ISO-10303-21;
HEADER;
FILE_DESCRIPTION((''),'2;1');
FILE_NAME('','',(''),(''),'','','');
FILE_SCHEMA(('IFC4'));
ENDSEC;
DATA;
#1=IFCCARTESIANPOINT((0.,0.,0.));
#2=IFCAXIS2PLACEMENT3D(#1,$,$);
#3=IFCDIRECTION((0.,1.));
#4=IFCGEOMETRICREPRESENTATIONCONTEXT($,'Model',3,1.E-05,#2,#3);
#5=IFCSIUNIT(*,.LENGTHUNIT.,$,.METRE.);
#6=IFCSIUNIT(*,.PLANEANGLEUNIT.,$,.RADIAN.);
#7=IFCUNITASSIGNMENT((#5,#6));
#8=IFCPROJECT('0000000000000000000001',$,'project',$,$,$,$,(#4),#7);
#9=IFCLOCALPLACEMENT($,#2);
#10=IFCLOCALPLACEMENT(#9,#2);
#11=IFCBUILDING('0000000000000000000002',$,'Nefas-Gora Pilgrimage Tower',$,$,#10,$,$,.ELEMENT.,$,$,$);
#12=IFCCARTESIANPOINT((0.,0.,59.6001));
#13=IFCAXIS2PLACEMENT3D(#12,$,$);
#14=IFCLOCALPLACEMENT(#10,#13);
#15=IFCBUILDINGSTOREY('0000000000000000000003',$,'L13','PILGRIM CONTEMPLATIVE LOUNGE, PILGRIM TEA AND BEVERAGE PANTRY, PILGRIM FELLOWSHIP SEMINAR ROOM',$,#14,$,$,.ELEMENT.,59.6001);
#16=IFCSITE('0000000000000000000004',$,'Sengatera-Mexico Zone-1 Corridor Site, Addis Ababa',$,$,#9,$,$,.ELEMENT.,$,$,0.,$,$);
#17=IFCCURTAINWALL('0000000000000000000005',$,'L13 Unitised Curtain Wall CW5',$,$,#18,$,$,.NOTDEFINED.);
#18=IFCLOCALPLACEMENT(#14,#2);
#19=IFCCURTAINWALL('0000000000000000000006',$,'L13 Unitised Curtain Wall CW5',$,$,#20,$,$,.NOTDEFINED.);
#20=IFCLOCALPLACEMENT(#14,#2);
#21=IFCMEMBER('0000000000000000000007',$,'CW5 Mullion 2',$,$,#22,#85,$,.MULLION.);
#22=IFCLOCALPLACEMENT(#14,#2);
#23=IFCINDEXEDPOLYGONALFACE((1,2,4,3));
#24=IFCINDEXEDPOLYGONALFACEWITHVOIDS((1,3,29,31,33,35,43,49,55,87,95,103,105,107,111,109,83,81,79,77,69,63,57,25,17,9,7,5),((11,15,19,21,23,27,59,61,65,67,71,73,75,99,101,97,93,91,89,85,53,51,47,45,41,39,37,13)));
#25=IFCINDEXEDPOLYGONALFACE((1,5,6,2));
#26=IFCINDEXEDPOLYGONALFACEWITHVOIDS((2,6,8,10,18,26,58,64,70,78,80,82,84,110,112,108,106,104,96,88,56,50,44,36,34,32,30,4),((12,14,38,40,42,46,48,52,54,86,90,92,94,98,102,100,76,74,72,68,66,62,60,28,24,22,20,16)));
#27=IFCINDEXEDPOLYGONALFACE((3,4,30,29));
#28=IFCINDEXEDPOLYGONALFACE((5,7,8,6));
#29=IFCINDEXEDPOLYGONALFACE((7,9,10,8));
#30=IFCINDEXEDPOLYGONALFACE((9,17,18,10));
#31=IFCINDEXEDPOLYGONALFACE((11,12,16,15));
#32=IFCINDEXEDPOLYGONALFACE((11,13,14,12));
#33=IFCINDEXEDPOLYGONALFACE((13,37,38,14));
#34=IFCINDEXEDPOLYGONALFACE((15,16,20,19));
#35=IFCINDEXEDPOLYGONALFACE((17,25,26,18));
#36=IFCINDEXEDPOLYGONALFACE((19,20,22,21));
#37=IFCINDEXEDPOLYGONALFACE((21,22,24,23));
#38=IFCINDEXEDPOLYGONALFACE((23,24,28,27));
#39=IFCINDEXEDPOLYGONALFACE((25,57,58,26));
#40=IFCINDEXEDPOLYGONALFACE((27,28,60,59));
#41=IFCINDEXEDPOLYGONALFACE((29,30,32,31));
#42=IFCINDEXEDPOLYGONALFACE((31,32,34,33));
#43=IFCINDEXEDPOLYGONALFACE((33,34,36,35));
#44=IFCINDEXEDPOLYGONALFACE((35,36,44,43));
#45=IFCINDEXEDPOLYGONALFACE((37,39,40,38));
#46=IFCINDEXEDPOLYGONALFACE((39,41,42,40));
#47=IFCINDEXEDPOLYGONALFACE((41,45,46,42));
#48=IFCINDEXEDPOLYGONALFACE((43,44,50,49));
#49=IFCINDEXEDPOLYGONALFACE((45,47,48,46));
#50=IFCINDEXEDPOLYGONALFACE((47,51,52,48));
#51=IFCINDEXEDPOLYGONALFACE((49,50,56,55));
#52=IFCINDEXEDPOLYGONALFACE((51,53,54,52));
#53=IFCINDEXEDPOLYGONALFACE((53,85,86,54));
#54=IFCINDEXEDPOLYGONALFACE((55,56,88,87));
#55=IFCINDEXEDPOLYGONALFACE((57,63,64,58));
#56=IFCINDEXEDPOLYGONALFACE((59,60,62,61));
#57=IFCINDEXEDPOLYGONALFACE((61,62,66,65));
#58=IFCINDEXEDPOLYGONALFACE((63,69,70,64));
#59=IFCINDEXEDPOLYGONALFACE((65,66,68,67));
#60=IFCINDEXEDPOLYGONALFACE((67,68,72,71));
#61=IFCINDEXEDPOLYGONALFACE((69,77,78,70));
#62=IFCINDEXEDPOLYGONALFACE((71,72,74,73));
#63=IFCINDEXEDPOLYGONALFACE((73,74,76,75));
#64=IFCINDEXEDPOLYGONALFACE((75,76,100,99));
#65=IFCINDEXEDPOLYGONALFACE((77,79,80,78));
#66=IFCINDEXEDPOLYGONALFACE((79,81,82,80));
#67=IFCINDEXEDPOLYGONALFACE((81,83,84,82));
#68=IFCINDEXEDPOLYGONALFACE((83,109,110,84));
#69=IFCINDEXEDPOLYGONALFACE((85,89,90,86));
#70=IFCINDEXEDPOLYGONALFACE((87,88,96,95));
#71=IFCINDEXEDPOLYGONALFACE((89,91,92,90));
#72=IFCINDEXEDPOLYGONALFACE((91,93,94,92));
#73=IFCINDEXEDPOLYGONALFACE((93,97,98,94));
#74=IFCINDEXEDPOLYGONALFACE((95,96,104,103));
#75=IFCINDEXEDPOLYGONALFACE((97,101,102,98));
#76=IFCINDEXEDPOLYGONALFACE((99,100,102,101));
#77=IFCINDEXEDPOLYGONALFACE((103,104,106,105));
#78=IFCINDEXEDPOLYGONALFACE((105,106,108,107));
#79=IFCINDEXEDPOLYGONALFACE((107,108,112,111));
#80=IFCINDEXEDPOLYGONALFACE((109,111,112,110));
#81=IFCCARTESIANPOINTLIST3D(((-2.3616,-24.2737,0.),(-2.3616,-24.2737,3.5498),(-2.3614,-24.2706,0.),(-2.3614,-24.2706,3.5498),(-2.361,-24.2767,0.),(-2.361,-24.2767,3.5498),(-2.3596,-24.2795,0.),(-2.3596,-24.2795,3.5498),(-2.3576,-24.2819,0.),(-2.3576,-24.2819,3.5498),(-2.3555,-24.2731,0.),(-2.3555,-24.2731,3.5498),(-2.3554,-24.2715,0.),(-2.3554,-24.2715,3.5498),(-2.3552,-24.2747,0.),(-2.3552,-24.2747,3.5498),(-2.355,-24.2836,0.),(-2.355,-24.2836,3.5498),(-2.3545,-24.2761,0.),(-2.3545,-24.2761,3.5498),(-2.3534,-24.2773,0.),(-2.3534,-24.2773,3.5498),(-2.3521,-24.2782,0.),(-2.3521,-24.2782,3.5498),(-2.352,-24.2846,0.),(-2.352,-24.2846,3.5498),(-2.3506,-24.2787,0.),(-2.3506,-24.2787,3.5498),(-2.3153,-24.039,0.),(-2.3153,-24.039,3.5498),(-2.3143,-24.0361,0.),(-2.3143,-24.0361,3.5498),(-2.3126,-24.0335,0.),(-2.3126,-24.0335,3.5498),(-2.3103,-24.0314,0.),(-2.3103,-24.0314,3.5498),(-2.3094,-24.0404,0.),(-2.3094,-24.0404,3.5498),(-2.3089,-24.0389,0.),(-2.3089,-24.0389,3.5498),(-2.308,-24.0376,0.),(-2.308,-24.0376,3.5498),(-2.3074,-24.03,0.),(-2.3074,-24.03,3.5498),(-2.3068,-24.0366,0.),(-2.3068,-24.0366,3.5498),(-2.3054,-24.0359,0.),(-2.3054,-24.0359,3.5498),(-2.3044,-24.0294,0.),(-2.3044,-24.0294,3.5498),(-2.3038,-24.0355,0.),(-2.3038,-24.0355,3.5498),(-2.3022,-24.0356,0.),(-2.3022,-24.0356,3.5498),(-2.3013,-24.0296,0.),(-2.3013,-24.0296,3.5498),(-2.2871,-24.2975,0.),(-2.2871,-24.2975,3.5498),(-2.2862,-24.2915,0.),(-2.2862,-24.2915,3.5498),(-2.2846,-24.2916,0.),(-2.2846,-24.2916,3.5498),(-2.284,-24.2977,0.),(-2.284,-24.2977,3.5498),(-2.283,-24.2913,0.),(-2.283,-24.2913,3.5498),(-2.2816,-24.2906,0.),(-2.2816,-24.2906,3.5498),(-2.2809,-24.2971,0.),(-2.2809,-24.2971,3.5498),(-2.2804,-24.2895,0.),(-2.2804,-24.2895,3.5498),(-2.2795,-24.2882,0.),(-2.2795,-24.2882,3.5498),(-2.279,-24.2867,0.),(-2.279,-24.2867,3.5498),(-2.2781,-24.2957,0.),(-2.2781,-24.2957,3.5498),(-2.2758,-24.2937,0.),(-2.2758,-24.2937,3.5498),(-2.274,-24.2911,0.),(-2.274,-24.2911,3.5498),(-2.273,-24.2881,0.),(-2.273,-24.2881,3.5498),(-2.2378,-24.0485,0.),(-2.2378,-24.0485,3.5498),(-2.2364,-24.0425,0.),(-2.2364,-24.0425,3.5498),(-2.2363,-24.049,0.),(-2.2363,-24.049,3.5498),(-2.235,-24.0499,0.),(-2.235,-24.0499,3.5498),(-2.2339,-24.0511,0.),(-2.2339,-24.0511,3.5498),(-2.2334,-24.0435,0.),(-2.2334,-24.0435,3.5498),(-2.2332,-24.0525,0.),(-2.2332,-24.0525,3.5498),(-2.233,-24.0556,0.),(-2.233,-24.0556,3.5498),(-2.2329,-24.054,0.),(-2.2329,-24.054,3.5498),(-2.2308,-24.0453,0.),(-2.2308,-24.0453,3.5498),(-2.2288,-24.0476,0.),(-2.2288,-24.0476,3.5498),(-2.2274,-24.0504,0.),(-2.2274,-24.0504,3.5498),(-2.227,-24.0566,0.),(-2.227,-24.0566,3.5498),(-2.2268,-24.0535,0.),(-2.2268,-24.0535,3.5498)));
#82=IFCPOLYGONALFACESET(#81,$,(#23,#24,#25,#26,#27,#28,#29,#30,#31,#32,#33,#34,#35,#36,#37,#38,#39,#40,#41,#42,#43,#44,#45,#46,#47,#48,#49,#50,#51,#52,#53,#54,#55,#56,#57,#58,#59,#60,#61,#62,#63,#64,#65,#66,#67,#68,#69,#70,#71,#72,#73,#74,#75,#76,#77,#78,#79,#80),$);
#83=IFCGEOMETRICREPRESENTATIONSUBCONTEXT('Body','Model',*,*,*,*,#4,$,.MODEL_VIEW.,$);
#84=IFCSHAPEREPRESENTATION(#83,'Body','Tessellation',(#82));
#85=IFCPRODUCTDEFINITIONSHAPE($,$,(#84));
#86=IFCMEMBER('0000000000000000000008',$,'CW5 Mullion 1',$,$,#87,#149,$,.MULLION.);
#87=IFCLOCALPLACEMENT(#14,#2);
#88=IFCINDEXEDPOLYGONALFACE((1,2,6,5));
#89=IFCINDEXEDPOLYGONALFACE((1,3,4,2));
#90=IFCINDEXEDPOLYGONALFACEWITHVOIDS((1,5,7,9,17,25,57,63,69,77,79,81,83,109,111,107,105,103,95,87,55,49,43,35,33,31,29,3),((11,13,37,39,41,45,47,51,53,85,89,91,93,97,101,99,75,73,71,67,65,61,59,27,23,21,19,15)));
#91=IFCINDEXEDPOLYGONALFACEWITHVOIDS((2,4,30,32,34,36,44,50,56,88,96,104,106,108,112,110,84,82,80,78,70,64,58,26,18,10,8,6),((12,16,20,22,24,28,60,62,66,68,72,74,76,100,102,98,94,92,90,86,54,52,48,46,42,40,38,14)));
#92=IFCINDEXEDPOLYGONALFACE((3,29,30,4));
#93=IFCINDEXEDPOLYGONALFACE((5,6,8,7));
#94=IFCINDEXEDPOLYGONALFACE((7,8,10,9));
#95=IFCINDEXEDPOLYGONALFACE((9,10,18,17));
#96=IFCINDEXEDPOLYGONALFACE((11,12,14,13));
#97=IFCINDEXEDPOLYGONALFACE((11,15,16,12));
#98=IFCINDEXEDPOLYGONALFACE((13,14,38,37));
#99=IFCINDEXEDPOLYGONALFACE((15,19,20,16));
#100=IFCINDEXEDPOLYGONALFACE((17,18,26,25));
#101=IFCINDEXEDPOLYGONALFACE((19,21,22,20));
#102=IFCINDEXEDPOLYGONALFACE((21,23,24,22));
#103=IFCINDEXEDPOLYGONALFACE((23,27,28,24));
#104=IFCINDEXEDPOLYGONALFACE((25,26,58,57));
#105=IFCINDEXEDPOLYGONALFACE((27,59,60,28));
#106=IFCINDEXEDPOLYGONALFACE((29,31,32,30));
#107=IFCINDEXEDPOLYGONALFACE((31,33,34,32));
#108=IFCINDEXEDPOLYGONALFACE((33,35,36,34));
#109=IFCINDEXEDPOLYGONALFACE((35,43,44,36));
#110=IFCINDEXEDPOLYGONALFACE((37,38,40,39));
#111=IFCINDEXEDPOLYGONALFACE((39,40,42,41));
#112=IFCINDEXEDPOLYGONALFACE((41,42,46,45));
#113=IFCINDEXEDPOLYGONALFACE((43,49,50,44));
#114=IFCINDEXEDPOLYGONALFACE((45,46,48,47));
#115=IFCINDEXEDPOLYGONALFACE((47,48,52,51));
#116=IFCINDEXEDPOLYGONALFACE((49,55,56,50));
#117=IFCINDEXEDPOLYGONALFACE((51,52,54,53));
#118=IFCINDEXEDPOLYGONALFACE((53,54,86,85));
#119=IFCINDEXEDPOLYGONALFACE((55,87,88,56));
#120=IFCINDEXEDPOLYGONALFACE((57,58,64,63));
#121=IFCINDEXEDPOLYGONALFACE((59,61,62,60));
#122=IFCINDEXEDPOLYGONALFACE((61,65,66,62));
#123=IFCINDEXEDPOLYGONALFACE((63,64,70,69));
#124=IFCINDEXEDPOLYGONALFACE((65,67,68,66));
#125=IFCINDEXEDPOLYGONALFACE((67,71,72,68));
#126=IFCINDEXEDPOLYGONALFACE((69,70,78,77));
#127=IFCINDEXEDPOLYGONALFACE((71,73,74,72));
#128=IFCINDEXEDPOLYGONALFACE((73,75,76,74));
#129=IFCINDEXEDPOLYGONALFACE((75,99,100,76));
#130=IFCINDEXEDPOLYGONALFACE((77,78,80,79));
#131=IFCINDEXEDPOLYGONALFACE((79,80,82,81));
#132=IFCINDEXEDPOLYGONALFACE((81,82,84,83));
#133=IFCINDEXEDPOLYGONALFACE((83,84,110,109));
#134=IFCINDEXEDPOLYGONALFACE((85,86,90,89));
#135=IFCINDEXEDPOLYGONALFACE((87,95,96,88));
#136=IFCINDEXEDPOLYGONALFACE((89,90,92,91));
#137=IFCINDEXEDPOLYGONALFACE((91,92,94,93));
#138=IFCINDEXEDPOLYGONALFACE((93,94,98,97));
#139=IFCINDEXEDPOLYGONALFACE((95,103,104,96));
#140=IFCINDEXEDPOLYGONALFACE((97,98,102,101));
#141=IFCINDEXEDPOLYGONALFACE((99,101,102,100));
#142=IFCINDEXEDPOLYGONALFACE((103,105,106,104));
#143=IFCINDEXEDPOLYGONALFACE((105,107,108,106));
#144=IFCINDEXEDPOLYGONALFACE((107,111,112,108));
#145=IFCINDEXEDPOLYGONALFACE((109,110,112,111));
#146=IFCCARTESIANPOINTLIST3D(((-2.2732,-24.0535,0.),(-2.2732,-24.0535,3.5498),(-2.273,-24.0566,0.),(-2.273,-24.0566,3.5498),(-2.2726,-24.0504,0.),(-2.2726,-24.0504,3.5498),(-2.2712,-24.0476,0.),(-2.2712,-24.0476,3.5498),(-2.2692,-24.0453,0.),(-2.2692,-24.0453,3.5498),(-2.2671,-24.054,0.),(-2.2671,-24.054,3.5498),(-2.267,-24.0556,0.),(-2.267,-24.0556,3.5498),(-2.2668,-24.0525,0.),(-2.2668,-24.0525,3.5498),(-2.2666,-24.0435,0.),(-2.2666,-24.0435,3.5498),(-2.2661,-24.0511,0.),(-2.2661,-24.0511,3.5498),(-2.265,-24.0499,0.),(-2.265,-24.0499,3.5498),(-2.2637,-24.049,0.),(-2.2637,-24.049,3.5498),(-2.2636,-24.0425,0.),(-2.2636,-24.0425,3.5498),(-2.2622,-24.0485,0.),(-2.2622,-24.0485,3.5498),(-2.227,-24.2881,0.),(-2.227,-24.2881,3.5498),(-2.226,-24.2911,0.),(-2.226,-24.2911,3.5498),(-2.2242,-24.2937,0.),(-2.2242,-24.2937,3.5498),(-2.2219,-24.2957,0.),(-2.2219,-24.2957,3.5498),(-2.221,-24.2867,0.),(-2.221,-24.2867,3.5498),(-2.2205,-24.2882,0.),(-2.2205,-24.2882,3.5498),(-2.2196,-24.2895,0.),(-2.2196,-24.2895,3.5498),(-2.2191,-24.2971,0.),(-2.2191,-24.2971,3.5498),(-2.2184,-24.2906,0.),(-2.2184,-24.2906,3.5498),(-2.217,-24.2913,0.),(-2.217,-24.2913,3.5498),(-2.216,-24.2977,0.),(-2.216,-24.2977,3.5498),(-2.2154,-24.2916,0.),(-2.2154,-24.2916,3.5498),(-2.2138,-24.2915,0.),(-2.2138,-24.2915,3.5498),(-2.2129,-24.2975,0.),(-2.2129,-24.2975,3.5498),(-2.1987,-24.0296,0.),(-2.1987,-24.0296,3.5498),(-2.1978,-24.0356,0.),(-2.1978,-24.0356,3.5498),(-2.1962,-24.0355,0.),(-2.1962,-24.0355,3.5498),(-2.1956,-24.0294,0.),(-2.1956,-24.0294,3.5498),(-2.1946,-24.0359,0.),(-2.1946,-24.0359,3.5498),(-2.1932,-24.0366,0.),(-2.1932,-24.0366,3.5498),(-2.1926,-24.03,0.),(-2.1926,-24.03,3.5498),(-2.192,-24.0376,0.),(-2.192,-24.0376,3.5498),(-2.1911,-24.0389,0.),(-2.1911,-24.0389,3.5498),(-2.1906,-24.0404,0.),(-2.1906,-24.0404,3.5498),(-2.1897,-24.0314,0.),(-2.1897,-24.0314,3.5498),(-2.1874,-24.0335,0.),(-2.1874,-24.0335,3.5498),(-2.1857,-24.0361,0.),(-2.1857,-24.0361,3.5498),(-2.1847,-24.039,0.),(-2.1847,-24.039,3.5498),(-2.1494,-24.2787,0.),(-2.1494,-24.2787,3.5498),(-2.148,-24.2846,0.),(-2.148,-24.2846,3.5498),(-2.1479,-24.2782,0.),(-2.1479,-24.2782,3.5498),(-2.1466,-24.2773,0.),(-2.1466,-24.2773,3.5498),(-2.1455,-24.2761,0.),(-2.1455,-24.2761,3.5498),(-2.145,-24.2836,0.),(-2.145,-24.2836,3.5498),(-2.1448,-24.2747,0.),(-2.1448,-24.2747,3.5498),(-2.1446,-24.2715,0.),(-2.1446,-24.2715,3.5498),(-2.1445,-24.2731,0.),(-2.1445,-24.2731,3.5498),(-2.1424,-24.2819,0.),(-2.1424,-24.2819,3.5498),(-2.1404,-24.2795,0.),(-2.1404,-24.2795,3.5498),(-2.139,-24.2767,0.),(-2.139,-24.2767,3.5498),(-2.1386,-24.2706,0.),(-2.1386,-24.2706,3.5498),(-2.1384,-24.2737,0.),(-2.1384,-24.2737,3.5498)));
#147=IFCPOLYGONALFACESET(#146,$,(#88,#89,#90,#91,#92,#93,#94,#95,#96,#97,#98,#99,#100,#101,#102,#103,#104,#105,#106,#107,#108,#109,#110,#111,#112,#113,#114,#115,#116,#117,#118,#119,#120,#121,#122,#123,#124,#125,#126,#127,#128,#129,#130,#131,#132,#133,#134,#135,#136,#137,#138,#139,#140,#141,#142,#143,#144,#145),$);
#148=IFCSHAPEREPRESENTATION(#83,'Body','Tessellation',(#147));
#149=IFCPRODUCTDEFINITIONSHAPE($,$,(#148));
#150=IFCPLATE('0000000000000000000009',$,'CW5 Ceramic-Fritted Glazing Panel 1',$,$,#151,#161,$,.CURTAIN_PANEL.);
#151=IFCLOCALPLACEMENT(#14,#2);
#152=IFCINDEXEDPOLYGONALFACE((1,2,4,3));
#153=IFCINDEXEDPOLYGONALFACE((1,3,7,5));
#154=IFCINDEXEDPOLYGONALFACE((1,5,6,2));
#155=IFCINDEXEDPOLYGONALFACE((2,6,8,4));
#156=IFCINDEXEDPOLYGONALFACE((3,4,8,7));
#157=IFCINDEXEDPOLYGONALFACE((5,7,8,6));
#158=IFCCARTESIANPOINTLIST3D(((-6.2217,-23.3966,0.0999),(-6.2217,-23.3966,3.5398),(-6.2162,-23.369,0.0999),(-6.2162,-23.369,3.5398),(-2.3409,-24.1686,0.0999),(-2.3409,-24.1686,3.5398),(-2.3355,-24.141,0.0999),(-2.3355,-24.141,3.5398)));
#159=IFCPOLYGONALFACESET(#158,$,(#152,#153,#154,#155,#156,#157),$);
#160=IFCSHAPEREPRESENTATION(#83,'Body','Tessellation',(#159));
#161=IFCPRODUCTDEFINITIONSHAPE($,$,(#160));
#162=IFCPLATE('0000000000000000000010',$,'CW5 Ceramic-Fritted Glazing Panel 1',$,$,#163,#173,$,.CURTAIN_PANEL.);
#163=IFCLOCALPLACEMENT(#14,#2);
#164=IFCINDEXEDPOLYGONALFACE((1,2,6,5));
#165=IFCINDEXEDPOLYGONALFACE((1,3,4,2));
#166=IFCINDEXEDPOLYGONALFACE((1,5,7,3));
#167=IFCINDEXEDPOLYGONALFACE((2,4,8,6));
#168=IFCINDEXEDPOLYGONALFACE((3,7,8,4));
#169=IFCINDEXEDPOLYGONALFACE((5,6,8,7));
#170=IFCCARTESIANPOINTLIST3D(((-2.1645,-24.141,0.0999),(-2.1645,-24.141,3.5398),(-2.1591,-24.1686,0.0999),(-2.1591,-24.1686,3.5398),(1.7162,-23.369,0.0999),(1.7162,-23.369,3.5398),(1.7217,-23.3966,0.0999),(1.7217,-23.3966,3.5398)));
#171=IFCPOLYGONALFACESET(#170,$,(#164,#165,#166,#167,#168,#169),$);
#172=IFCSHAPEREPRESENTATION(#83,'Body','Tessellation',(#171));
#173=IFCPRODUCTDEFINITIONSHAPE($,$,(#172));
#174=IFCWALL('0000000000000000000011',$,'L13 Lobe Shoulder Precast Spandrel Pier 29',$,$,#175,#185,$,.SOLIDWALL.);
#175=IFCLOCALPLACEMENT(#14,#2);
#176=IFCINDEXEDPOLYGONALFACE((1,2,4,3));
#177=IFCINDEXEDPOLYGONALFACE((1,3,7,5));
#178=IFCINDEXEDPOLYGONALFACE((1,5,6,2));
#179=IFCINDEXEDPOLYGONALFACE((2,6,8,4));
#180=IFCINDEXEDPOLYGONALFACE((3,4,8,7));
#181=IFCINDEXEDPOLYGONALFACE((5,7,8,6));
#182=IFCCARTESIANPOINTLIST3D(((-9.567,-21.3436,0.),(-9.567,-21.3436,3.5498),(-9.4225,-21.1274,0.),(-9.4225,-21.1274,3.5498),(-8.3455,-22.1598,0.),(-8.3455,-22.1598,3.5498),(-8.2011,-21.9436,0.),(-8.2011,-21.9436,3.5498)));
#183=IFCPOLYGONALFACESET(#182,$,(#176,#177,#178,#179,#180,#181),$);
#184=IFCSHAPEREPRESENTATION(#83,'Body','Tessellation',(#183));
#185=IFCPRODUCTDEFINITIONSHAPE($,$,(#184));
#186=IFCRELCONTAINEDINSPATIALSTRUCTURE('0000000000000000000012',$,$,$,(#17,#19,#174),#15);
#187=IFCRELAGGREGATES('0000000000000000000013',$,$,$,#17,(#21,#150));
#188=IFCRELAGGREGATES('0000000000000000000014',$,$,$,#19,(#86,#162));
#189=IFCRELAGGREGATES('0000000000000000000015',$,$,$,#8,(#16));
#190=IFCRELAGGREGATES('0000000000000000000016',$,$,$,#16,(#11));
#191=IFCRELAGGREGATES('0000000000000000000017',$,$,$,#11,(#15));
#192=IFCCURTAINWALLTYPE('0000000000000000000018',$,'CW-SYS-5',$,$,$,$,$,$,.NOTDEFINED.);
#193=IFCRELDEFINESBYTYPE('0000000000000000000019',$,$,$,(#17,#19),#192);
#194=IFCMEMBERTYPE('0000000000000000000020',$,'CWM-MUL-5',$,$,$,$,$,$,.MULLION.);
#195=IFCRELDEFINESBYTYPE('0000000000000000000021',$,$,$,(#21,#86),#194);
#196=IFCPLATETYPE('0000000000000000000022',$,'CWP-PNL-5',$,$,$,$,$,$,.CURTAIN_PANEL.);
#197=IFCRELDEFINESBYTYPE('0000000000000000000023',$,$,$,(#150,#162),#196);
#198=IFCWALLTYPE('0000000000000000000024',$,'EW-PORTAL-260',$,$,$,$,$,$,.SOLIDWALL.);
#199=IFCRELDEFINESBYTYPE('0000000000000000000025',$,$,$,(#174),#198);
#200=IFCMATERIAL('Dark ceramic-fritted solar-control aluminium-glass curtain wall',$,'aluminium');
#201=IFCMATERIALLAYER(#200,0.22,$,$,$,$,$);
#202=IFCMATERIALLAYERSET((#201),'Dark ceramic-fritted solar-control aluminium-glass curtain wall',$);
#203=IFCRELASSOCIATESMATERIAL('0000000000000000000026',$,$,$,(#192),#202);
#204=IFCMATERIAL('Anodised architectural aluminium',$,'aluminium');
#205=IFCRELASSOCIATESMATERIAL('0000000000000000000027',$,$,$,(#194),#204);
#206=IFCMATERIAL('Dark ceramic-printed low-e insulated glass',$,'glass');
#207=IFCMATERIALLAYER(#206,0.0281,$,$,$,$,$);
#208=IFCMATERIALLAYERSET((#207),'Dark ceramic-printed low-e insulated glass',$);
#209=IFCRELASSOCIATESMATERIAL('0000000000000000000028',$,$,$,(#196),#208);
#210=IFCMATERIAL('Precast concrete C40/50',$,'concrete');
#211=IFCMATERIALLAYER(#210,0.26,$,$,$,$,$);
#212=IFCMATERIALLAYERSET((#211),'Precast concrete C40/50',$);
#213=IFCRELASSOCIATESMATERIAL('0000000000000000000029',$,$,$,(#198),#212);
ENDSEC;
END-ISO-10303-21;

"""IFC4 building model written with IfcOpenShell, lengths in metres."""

from ifc_helpers import new_model, si_unit, direction, frame, frame_2d, origin, origin_2d, place, context, subcontext, project, spatial, rectangle, hollow_rectangle, extrude, source, transform, mapped, material, layer, layer_set, material_profile, profile_set, type_object, element, aggregate, save


model = new_model("IFC4")

# Units and contexts
model_context = context("Model", 3, precision=1e-05, world=origin(), true_north=direction((0.0, 1.0)))
body_context = subcontext(model_context, "Body", "Model", "MODEL_VIEW")
ifc_project = project(units=[si_unit("LENGTHUNIT", "METRE"), si_unit("PLANEANGLEUNIT", "RADIAN")], contexts=[model_context])

# Site, building, storey
site_placement = place(None, origin())
site = spatial("IfcSite", under=ifc_project, at=site_placement, Name="Sengatera-Mexico Zone-1 Corridor Site, Addis Ababa", CompositionType="ELEMENT", RefElevation=0.0)
building_placement = place(site_placement, origin())
building = spatial("IfcBuilding", under=site, at=building_placement, Name="Nefas-Gora Pilgrimage Tower", CompositionType="ELEMENT")
storey_placement = place(building_placement, frame((0.0, 0.0, 59.6001)))
storey = spatial("IfcBuildingStorey", under=building, at=storey_placement, Name="L13", Description="PILGRIM CONTEMPLATIVE LOUNGE, PILGRIM TEA AND BEVERAGE PANTRY, PILGRIM FELLOWSHIP SEMINAR ROOM", CompositionType="ELEMENT", Elevation=59.6001)

# Curtain walls
ifc_material_1 = material(Name="Dark ceramic-fritted solar-control aluminium-glass curtain wall", Category="aluminium")
ifc_layer_1 = layer(ifc_material_1, 0.22)
ifc_layer_set_1 = layer_set([ifc_layer_1], Name="Dark ceramic-fritted solar-control aluminium-glass curtain wall")
curtain_wall_type = type_object("IfcCurtainWallType", Name="CW-SYS-5", PredefinedType="NOTDEFINED", material=ifc_layer_set_1)
curtain_wall_1_placement = place(storey_placement, origin())
curtain_wall_1 = element("IfcCurtainWall", 1, at=curtain_wall_1_placement, inside=storey, type_object=curtain_wall_type, Name="L13 Unitised Curtain Wall CW5", PredefinedType="NOTDEFINED")
ifc_material_2 = material(Name="Anodised architectural aluminium", Category="aluminium")
curtain_wall_2_placement = place(storey_placement, origin())
curtain_wall_2 = element("IfcCurtainWall", 2, at=curtain_wall_2_placement, inside=storey, type_object=curtain_wall_type, Name="L13 Unitised Curtain Wall CW5", PredefinedType="NOTDEFINED")
ifc_material_profile_1 = material_profile(ifc_material_2, hollow_rectangle(XDim=0.0901, YDim=0.26, WallThickness=0.0061, InnerFilletRadius=0.0061, OuterFilletRadius=0.012, at=origin_2d()), Name="ALU MULLION 90x260")
ifc_profile_set_1 = profile_set([ifc_material_profile_1], Name="Anodised architectural aluminium")
member_type_1 = type_object("IfcMemberType", Name="CWM-MUL-5", PredefinedType="MULLION", material=ifc_profile_set_1)
shared_shape_1 = source(origin(), body_context, "Body", "SweptSolid", [
    extrude(hollow_rectangle(XDim=0.0901, YDim=0.26, WallThickness=0.0061, InnerFilletRadius=0.0061, OuterFilletRadius=0.012, at=origin_2d()), origin(), (0.0, 0.0, 1.0), 3.5498),
])

# Members
member_1_placement = place(storey_placement, frame((-2.2942, -24.1636, 0.0), z_axis=(0.0, 0.0, 1.0), x_axis=(0.980783, -0.195102, 0.0)))
member_1 = element("IfcMember", 3, at=member_1_placement, type_object=member_type_1, Name="CW5 Mullion 2", PredefinedType="MULLION", context=body_context, shape_type="MappedRepresentation", body=[
    mapped(shared_shape_1, transform((0.0, 0.0, 0.0), x_axis=(1.0, 0.0, 0.0), y_axis=(0.0, 1.0, 0.0), z_axis=(0.0, 0.0, 1.0), scale=1.0)),
])
member_2_placement = place(storey_placement, frame((-2.2058, -24.1636, 0.0), z_axis=(0.0, 0.0, 1.0), x_axis=(0.980783, 0.195102, 0.0)))
member_2 = element("IfcMember", 4, at=member_2_placement, type_object=member_type_1, Name="CW5 Mullion 1", PredefinedType="MULLION", context=body_context, shape_type="MappedRepresentation", body=[
    mapped(shared_shape_1, transform((0.0, 0.0, 0.0), x_axis=(1.0, 0.0, 0.0), y_axis=(0.0, 1.0, 0.0), z_axis=(0.0, 0.0, 1.0), scale=1.0)),
])

# Plates
ifc_material_3 = material(Name="Dark ceramic-printed low-e insulated glass", Category="glass")
ifc_layer_2 = layer(ifc_material_3, 0.0281)
ifc_layer_set_2 = layer_set([ifc_layer_2], Name="Dark ceramic-printed low-e insulated glass")
plate_type = type_object("IfcPlateType", Name="CWP-PNL-5", PredefinedType="CURTAIN_PANEL", material=ifc_layer_set_2)
shared_shape_2 = source(origin(), body_context, "Body", "SweptSolid", [
    extrude(rectangle(XDim=3.9568, YDim=0.0281, at=origin_2d()), origin(), (0.0, 0.0, 1.0), 3.4399),
])
plate_1_placement = place(storey_placement, frame((-4.2786, -23.7688, 0.0999), z_axis=(0.0, 0.0, 1.0), x_axis=(0.980783, -0.195102, 0.0)))
plate_1 = element("IfcPlate", 5, at=plate_1_placement, type_object=plate_type, Name="CW5 Ceramic-Fritted Glazing Panel 1", PredefinedType="CURTAIN_PANEL", context=body_context, shape_type="MappedRepresentation", body=[
    mapped(shared_shape_2, transform((0.0, 0.0, 0.0), x_axis=(1.0, 0.0, 0.0), y_axis=(0.0, 1.0, 0.0), z_axis=(0.0, 0.0, 1.0), scale=1.0)),
])
aggregate(curtain_wall_1, [member_1, plate_1])
plate_2_placement = place(storey_placement, frame((-0.2214, -23.7688, 0.0999), z_axis=(0.0, 0.0, 1.0), x_axis=(0.980783, 0.195102, 0.0)))
plate_2 = element("IfcPlate", 6, at=plate_2_placement, type_object=plate_type, Name="CW5 Ceramic-Fritted Glazing Panel 1", PredefinedType="CURTAIN_PANEL", context=body_context, shape_type="MappedRepresentation", body=[
    mapped(shared_shape_2, transform((0.0, 0.0, 0.0), x_axis=(1.0, 0.0, 0.0), y_axis=(0.0, 1.0, 0.0), z_axis=(0.0, 0.0, 1.0), scale=1.0)),
])
aggregate(curtain_wall_2, [member_2, plate_2])

# Wall
ifc_material_4 = material(Name="Precast concrete C40/50", Category="concrete")
ifc_layer_3 = layer(ifc_material_4, 0.26)
ifc_layer_set_3 = layer_set([ifc_layer_3], Name="Precast concrete C40/50")
wall_type_1 = type_object("IfcWallType", Name="EW-PORTAL-260", PredefinedType="SOLIDWALL", material=ifc_layer_set_3)
shared_shape_3 = source(origin(), body_context, "Body", "SweptSolid", [
    extrude(rectangle(XDim=1.469, YDim=0.26, at=frame_2d((0.7344, 0.0))), origin(), (0.0, 0.0, 1.0), 3.5498),
])
wall_1_placement = place(storey_placement, frame((-9.4946, -21.2356, 0.0), z_axis=(0.0, 0.0, 1.0), x_axis=(0.831462, -0.555582, 0.0)))
element("IfcWall", 7, at=wall_1_placement, inside=storey, type_object=wall_type_1, Name="L13 Lobe Shoulder Precast Spandrel Pier 29", PredefinedType="SOLIDWALL", context=body_context, shape_type="MappedRepresentation", body=[
    mapped(shared_shape_3, transform((0.0, 0.0, 0.0), x_axis=(1.0, 0.0, 0.0), y_axis=(0.0, 1.0, 0.0), z_axis=(0.0, 0.0, 1.0), scale=1.0)),
])

save(model, "model.ifc")
